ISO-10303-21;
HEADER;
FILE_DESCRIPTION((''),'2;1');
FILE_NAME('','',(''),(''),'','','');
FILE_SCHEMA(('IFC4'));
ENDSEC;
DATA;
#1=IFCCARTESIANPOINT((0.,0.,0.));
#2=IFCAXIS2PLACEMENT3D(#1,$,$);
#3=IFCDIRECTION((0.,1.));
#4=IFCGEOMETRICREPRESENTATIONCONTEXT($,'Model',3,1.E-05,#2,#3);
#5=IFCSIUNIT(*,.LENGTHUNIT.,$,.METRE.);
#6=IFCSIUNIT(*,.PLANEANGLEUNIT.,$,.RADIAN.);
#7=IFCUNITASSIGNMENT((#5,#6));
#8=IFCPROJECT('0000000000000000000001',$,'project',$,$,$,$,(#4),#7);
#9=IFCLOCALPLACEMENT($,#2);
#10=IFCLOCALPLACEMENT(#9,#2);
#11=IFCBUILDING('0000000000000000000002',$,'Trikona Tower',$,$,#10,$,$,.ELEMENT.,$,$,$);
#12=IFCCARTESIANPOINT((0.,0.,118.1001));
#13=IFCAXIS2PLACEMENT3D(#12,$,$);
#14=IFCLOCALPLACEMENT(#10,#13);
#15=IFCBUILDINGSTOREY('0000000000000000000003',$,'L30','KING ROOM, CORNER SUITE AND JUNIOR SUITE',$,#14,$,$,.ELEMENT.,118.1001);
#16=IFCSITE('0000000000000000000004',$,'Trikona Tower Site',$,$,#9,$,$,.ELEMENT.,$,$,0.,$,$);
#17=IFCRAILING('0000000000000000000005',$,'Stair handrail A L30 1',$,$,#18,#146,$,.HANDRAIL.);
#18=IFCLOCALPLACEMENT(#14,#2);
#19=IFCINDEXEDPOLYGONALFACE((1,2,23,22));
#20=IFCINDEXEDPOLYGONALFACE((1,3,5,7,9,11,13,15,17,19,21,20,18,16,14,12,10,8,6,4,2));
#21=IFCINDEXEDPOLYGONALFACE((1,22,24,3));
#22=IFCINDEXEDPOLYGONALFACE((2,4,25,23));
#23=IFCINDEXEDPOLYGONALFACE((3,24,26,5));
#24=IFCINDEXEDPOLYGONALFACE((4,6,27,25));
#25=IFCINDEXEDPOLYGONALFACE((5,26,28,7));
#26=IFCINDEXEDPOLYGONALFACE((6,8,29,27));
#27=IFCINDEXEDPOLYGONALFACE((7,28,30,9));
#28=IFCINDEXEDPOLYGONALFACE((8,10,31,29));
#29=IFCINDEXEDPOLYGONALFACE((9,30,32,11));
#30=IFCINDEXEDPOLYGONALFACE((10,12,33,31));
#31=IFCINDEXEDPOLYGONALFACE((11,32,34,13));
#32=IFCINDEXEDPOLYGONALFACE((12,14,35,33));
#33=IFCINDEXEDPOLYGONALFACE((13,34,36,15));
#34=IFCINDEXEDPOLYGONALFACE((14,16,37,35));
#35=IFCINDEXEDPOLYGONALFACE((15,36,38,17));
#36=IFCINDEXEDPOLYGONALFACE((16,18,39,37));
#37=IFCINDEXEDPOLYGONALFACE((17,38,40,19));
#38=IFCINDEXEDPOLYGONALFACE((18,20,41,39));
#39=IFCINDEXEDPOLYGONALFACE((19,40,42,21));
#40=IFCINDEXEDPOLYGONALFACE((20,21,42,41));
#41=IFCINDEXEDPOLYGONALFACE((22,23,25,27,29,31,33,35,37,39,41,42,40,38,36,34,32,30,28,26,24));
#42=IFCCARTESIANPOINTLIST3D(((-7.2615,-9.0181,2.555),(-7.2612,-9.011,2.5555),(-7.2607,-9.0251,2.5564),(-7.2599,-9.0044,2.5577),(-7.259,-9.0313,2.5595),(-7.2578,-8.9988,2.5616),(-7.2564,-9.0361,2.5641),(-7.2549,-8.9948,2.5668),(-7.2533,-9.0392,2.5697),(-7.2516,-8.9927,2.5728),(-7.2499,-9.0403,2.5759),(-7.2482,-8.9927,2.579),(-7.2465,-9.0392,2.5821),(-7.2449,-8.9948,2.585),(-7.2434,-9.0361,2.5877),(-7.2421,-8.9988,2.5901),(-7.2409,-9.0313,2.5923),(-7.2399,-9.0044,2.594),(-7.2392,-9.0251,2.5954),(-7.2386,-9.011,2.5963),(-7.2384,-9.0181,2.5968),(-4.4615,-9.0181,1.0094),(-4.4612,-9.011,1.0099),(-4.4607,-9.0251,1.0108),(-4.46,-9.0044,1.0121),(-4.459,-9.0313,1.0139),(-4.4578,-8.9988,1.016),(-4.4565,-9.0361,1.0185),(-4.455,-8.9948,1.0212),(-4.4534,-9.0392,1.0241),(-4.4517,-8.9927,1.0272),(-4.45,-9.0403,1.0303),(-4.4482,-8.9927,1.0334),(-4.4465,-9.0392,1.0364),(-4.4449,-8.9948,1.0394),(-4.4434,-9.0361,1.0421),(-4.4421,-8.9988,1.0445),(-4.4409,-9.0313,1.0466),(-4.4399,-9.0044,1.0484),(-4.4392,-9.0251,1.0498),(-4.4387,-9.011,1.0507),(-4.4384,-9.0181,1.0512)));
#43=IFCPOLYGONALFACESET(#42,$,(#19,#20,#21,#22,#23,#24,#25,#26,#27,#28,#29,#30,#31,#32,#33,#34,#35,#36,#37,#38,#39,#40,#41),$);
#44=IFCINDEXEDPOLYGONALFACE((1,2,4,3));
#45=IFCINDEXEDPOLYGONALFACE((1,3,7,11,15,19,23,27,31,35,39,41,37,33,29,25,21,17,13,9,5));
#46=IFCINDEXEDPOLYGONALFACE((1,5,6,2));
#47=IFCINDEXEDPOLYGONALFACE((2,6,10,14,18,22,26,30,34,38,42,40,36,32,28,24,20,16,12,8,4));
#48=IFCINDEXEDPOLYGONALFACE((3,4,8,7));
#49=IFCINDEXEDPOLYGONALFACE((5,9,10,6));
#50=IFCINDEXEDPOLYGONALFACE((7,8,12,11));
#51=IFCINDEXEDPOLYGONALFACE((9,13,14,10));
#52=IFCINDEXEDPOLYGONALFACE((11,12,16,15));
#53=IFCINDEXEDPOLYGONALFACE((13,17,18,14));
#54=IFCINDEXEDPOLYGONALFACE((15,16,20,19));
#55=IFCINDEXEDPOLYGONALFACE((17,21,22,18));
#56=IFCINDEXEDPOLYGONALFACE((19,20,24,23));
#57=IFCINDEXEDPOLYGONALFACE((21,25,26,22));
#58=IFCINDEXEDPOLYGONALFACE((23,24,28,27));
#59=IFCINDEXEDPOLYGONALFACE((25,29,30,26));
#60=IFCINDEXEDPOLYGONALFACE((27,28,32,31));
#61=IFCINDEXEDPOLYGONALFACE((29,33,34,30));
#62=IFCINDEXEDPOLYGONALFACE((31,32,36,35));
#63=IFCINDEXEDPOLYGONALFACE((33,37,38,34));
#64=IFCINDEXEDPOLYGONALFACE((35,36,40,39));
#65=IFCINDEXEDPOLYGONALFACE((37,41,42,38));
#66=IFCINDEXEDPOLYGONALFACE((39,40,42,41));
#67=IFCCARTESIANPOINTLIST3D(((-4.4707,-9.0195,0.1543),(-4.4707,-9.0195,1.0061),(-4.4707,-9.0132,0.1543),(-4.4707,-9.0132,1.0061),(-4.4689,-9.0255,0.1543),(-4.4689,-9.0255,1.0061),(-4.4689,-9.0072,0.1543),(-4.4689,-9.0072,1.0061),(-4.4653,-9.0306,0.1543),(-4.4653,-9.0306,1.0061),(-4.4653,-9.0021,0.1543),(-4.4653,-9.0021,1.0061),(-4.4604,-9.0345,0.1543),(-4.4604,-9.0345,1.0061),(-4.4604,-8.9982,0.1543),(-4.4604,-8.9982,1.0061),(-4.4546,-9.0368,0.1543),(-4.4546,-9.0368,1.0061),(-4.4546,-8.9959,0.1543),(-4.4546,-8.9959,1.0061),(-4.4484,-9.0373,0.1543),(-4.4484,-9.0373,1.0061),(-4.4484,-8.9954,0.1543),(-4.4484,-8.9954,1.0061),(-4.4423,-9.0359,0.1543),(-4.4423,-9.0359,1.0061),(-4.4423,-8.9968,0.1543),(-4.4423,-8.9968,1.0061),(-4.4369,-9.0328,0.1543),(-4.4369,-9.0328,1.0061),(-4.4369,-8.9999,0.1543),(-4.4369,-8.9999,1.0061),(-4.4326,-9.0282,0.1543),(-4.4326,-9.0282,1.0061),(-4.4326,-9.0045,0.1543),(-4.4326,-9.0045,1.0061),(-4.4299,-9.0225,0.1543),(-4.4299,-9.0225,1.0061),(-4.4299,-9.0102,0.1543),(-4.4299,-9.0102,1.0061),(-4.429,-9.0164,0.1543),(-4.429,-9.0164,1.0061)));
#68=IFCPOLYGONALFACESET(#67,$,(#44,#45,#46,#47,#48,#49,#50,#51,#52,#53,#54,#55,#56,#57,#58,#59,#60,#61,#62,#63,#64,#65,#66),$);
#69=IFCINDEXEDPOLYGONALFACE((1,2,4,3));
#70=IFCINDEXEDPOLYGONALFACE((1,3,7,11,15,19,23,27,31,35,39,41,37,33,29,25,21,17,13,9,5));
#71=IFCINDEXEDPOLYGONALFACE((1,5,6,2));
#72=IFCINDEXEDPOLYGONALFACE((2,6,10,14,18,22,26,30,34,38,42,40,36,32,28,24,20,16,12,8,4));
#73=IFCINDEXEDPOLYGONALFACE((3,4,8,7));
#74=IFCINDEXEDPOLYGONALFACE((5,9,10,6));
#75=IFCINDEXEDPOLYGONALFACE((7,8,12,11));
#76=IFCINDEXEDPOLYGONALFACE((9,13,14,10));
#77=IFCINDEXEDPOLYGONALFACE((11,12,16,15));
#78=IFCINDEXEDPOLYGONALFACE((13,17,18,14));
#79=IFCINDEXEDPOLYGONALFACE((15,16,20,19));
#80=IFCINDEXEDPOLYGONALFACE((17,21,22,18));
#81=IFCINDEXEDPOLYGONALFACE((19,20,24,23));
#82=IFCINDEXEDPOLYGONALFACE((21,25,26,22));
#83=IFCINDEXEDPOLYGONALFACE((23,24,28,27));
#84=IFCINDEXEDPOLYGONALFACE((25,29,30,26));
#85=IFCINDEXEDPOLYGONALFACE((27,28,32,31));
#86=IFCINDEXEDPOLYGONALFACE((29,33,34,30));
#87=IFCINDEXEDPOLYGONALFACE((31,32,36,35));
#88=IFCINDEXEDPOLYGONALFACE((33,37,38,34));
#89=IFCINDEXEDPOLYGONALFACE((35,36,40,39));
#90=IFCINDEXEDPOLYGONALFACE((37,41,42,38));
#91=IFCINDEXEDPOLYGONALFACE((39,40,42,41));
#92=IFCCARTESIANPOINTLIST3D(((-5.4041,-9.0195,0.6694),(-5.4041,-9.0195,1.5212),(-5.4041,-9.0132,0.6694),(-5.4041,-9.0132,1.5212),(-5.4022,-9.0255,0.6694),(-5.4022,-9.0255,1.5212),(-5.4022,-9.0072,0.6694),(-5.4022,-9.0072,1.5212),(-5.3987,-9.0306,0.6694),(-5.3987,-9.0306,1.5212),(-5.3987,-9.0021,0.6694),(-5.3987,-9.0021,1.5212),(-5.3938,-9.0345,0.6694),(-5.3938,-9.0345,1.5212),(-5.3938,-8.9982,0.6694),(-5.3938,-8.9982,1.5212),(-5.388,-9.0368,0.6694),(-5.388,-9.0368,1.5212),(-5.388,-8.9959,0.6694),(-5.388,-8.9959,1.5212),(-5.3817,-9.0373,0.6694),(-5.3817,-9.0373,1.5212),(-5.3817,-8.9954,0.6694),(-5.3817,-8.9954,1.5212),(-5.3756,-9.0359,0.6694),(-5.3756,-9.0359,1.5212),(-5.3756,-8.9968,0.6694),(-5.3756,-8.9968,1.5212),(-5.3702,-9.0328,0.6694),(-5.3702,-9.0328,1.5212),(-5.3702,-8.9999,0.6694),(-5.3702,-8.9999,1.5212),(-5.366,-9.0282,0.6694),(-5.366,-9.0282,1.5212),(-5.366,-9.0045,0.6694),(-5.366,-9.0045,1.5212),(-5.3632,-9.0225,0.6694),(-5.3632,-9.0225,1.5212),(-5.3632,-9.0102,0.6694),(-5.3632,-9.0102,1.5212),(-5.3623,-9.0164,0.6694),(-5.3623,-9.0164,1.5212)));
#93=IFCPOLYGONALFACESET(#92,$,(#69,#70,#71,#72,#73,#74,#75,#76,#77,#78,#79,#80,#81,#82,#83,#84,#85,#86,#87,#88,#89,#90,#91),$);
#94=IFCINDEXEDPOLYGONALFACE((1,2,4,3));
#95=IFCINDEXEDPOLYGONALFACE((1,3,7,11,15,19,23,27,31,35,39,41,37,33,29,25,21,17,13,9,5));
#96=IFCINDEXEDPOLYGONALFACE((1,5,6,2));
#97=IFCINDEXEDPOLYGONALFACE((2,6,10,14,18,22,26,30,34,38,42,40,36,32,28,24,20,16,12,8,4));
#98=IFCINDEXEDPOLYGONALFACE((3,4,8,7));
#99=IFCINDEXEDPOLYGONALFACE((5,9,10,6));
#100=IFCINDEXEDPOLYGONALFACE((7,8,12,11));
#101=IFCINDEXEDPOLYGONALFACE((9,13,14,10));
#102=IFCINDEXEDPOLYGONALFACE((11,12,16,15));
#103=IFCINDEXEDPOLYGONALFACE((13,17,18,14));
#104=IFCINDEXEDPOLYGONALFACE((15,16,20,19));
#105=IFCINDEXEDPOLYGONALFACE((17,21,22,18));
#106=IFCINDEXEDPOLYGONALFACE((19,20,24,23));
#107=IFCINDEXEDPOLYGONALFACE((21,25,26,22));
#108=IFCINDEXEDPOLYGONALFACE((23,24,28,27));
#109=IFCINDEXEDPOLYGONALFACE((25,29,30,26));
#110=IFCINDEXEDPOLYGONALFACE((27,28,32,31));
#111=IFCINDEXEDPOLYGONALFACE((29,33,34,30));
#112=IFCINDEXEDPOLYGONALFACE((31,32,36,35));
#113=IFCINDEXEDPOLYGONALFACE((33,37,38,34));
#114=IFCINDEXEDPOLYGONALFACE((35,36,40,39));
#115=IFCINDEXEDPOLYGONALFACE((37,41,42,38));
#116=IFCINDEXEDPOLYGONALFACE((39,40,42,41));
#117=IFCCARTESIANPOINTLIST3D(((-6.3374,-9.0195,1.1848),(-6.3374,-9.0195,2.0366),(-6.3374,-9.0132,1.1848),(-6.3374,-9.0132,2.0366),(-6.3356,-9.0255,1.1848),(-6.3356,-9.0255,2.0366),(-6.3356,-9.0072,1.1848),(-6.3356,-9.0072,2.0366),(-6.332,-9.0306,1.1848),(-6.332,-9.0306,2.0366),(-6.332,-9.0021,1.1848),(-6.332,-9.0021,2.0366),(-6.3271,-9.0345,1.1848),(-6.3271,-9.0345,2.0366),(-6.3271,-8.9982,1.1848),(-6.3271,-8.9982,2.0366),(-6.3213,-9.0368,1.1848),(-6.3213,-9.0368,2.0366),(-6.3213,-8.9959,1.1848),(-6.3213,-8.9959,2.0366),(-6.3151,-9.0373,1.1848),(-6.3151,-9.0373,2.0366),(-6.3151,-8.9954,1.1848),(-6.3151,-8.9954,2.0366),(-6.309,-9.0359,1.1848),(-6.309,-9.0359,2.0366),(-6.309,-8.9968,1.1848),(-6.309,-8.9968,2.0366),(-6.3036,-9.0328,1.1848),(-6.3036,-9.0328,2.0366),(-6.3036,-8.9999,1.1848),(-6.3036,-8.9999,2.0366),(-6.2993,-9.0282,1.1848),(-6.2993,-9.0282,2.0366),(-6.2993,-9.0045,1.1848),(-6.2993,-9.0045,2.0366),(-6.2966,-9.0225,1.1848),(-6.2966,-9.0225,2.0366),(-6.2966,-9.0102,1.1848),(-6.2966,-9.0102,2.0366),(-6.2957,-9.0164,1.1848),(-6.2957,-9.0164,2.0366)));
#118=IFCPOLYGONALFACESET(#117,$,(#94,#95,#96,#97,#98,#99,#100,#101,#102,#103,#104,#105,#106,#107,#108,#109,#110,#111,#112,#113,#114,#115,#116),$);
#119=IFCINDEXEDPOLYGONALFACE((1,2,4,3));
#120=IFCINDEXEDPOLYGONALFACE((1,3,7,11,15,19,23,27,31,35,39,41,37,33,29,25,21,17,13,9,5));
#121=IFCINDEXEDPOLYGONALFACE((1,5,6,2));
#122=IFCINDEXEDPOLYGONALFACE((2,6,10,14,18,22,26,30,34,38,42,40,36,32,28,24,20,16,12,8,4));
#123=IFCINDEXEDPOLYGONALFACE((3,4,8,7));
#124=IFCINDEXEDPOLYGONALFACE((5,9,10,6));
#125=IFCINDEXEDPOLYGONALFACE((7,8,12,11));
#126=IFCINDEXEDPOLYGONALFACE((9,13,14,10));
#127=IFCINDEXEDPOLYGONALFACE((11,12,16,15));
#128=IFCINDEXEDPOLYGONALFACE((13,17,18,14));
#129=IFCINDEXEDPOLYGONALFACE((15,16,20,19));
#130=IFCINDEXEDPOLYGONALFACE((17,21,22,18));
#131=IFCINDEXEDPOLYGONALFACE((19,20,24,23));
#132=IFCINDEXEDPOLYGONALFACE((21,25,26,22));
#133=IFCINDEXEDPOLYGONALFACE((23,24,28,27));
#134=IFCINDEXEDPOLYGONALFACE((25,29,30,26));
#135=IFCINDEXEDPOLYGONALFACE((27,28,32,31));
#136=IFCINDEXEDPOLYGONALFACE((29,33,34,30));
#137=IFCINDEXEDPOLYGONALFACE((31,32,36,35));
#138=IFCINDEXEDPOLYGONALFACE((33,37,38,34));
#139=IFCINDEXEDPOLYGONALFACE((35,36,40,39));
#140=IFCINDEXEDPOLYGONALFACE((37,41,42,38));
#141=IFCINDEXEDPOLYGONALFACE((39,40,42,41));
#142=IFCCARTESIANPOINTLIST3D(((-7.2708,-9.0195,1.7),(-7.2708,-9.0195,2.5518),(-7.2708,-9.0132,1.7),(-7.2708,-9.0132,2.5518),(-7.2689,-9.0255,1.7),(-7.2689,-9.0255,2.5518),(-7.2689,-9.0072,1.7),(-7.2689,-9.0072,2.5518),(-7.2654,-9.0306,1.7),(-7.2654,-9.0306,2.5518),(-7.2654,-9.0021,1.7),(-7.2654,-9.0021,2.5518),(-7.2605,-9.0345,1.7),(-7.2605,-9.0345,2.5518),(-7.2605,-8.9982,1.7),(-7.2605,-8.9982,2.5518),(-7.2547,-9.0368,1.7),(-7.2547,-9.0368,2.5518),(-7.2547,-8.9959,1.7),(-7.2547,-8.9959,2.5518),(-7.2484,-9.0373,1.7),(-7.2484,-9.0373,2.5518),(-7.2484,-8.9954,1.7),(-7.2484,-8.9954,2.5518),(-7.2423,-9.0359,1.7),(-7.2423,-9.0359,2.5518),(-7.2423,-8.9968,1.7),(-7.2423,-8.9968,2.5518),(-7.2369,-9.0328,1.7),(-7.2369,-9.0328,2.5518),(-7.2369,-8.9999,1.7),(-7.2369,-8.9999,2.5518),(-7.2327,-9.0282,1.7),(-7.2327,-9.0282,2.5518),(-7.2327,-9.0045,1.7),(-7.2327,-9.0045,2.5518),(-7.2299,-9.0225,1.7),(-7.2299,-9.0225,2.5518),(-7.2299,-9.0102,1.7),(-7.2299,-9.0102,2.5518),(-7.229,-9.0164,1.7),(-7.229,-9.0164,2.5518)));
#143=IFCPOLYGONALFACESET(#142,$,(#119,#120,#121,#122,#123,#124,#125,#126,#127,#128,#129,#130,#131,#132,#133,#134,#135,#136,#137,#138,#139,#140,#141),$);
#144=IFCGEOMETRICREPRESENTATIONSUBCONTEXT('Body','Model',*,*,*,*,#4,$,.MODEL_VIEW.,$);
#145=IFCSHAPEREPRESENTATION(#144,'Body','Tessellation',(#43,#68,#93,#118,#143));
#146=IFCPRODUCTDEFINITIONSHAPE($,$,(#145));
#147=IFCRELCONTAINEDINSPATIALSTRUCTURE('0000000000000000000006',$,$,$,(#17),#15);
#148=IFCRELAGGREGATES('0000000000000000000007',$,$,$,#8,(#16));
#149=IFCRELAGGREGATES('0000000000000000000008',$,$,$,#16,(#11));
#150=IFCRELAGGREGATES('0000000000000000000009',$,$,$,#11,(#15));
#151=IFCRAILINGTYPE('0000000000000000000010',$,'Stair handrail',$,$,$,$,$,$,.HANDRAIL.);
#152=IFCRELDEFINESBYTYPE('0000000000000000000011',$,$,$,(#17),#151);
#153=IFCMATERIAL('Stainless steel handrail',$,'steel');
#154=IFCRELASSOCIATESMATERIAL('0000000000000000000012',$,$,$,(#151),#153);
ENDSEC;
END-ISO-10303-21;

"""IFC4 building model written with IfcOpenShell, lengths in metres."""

from ifc_helpers import new_model, si_unit, direction, frame, origin, origin_2d, place, context, subcontext, project, spatial, circle, extrude, material, type_object, element, save


model = new_model("IFC4")

# Units and contexts
model_context = context("Model", 3, precision=1e-05, world=origin(), true_north=direction((0.0, 1.0)))
body_context = subcontext(model_context, "Body", "Model", "MODEL_VIEW")
ifc_project = project(units=[si_unit("LENGTHUNIT", "METRE"), si_unit("PLANEANGLEUNIT", "RADIAN")], contexts=[model_context])

# Site, building, storey
site_placement = place(None, origin())
site = spatial("IfcSite", under=ifc_project, at=site_placement, Name="Trikona Tower Site", CompositionType="ELEMENT", RefElevation=0.0)
building_placement = place(site_placement, origin())
building = spatial("IfcBuilding", under=site, at=building_placement, Name="Trikona Tower", CompositionType="ELEMENT")
storey_placement = place(building_placement, frame((0.0, 0.0, 118.1001)))
storey = spatial("IfcBuildingStorey", under=building, at=storey_placement, Name="L30", Description="KING ROOM, CORNER SUITE AND JUNIOR SUITE", CompositionType="ELEMENT", Elevation=118.1001)

# Railing
ifc_material_1 = material(Name="Stainless steel handrail", Category="steel")
railing_type = type_object("IfcRailingType", Name="Stair handrail", PredefinedType="HANDRAIL", material=ifc_material_1)
railing_placement = place(storey_placement, frame((-4.45, -9.0164, 0.1543)))
element("IfcRailing", 1, at=railing_placement, inside=storey, type_object=railing_type, Name="Stair handrail A L30 1", PredefinedType="HANDRAIL", context=body_context, shape_type="SweptSolid", body=[
    extrude(circle(Radius=0.0239, at=origin_2d()), frame((0.0, 0.0, 0.876), z_axis=(-0.875472, 0.0, 0.483269), x_axis=(0.0, -1.0, 0.0)), (0.0, 0.0, 1.0), 3.1982),
    extrude(circle(Radius=0.021, at=origin_2d()), origin(), (0.0, 0.0, 1.0), 0.8518),
    extrude(circle(Radius=0.021, at=origin_2d()), frame((-0.9333, 0.0, 0.5151)), (0.0, 0.0, 1.0), 0.8518),
    extrude(circle(Radius=0.021, at=origin_2d()), frame((-1.8667, 0.0, 1.0305)), (0.0, 0.0, 1.0), 0.8518),
    extrude(circle(Radius=0.021, at=origin_2d()), frame((-2.8, 0.0, 1.5457)), (0.0, 0.0, 1.0), 0.8518),
])

save(model, "model.ifc")
